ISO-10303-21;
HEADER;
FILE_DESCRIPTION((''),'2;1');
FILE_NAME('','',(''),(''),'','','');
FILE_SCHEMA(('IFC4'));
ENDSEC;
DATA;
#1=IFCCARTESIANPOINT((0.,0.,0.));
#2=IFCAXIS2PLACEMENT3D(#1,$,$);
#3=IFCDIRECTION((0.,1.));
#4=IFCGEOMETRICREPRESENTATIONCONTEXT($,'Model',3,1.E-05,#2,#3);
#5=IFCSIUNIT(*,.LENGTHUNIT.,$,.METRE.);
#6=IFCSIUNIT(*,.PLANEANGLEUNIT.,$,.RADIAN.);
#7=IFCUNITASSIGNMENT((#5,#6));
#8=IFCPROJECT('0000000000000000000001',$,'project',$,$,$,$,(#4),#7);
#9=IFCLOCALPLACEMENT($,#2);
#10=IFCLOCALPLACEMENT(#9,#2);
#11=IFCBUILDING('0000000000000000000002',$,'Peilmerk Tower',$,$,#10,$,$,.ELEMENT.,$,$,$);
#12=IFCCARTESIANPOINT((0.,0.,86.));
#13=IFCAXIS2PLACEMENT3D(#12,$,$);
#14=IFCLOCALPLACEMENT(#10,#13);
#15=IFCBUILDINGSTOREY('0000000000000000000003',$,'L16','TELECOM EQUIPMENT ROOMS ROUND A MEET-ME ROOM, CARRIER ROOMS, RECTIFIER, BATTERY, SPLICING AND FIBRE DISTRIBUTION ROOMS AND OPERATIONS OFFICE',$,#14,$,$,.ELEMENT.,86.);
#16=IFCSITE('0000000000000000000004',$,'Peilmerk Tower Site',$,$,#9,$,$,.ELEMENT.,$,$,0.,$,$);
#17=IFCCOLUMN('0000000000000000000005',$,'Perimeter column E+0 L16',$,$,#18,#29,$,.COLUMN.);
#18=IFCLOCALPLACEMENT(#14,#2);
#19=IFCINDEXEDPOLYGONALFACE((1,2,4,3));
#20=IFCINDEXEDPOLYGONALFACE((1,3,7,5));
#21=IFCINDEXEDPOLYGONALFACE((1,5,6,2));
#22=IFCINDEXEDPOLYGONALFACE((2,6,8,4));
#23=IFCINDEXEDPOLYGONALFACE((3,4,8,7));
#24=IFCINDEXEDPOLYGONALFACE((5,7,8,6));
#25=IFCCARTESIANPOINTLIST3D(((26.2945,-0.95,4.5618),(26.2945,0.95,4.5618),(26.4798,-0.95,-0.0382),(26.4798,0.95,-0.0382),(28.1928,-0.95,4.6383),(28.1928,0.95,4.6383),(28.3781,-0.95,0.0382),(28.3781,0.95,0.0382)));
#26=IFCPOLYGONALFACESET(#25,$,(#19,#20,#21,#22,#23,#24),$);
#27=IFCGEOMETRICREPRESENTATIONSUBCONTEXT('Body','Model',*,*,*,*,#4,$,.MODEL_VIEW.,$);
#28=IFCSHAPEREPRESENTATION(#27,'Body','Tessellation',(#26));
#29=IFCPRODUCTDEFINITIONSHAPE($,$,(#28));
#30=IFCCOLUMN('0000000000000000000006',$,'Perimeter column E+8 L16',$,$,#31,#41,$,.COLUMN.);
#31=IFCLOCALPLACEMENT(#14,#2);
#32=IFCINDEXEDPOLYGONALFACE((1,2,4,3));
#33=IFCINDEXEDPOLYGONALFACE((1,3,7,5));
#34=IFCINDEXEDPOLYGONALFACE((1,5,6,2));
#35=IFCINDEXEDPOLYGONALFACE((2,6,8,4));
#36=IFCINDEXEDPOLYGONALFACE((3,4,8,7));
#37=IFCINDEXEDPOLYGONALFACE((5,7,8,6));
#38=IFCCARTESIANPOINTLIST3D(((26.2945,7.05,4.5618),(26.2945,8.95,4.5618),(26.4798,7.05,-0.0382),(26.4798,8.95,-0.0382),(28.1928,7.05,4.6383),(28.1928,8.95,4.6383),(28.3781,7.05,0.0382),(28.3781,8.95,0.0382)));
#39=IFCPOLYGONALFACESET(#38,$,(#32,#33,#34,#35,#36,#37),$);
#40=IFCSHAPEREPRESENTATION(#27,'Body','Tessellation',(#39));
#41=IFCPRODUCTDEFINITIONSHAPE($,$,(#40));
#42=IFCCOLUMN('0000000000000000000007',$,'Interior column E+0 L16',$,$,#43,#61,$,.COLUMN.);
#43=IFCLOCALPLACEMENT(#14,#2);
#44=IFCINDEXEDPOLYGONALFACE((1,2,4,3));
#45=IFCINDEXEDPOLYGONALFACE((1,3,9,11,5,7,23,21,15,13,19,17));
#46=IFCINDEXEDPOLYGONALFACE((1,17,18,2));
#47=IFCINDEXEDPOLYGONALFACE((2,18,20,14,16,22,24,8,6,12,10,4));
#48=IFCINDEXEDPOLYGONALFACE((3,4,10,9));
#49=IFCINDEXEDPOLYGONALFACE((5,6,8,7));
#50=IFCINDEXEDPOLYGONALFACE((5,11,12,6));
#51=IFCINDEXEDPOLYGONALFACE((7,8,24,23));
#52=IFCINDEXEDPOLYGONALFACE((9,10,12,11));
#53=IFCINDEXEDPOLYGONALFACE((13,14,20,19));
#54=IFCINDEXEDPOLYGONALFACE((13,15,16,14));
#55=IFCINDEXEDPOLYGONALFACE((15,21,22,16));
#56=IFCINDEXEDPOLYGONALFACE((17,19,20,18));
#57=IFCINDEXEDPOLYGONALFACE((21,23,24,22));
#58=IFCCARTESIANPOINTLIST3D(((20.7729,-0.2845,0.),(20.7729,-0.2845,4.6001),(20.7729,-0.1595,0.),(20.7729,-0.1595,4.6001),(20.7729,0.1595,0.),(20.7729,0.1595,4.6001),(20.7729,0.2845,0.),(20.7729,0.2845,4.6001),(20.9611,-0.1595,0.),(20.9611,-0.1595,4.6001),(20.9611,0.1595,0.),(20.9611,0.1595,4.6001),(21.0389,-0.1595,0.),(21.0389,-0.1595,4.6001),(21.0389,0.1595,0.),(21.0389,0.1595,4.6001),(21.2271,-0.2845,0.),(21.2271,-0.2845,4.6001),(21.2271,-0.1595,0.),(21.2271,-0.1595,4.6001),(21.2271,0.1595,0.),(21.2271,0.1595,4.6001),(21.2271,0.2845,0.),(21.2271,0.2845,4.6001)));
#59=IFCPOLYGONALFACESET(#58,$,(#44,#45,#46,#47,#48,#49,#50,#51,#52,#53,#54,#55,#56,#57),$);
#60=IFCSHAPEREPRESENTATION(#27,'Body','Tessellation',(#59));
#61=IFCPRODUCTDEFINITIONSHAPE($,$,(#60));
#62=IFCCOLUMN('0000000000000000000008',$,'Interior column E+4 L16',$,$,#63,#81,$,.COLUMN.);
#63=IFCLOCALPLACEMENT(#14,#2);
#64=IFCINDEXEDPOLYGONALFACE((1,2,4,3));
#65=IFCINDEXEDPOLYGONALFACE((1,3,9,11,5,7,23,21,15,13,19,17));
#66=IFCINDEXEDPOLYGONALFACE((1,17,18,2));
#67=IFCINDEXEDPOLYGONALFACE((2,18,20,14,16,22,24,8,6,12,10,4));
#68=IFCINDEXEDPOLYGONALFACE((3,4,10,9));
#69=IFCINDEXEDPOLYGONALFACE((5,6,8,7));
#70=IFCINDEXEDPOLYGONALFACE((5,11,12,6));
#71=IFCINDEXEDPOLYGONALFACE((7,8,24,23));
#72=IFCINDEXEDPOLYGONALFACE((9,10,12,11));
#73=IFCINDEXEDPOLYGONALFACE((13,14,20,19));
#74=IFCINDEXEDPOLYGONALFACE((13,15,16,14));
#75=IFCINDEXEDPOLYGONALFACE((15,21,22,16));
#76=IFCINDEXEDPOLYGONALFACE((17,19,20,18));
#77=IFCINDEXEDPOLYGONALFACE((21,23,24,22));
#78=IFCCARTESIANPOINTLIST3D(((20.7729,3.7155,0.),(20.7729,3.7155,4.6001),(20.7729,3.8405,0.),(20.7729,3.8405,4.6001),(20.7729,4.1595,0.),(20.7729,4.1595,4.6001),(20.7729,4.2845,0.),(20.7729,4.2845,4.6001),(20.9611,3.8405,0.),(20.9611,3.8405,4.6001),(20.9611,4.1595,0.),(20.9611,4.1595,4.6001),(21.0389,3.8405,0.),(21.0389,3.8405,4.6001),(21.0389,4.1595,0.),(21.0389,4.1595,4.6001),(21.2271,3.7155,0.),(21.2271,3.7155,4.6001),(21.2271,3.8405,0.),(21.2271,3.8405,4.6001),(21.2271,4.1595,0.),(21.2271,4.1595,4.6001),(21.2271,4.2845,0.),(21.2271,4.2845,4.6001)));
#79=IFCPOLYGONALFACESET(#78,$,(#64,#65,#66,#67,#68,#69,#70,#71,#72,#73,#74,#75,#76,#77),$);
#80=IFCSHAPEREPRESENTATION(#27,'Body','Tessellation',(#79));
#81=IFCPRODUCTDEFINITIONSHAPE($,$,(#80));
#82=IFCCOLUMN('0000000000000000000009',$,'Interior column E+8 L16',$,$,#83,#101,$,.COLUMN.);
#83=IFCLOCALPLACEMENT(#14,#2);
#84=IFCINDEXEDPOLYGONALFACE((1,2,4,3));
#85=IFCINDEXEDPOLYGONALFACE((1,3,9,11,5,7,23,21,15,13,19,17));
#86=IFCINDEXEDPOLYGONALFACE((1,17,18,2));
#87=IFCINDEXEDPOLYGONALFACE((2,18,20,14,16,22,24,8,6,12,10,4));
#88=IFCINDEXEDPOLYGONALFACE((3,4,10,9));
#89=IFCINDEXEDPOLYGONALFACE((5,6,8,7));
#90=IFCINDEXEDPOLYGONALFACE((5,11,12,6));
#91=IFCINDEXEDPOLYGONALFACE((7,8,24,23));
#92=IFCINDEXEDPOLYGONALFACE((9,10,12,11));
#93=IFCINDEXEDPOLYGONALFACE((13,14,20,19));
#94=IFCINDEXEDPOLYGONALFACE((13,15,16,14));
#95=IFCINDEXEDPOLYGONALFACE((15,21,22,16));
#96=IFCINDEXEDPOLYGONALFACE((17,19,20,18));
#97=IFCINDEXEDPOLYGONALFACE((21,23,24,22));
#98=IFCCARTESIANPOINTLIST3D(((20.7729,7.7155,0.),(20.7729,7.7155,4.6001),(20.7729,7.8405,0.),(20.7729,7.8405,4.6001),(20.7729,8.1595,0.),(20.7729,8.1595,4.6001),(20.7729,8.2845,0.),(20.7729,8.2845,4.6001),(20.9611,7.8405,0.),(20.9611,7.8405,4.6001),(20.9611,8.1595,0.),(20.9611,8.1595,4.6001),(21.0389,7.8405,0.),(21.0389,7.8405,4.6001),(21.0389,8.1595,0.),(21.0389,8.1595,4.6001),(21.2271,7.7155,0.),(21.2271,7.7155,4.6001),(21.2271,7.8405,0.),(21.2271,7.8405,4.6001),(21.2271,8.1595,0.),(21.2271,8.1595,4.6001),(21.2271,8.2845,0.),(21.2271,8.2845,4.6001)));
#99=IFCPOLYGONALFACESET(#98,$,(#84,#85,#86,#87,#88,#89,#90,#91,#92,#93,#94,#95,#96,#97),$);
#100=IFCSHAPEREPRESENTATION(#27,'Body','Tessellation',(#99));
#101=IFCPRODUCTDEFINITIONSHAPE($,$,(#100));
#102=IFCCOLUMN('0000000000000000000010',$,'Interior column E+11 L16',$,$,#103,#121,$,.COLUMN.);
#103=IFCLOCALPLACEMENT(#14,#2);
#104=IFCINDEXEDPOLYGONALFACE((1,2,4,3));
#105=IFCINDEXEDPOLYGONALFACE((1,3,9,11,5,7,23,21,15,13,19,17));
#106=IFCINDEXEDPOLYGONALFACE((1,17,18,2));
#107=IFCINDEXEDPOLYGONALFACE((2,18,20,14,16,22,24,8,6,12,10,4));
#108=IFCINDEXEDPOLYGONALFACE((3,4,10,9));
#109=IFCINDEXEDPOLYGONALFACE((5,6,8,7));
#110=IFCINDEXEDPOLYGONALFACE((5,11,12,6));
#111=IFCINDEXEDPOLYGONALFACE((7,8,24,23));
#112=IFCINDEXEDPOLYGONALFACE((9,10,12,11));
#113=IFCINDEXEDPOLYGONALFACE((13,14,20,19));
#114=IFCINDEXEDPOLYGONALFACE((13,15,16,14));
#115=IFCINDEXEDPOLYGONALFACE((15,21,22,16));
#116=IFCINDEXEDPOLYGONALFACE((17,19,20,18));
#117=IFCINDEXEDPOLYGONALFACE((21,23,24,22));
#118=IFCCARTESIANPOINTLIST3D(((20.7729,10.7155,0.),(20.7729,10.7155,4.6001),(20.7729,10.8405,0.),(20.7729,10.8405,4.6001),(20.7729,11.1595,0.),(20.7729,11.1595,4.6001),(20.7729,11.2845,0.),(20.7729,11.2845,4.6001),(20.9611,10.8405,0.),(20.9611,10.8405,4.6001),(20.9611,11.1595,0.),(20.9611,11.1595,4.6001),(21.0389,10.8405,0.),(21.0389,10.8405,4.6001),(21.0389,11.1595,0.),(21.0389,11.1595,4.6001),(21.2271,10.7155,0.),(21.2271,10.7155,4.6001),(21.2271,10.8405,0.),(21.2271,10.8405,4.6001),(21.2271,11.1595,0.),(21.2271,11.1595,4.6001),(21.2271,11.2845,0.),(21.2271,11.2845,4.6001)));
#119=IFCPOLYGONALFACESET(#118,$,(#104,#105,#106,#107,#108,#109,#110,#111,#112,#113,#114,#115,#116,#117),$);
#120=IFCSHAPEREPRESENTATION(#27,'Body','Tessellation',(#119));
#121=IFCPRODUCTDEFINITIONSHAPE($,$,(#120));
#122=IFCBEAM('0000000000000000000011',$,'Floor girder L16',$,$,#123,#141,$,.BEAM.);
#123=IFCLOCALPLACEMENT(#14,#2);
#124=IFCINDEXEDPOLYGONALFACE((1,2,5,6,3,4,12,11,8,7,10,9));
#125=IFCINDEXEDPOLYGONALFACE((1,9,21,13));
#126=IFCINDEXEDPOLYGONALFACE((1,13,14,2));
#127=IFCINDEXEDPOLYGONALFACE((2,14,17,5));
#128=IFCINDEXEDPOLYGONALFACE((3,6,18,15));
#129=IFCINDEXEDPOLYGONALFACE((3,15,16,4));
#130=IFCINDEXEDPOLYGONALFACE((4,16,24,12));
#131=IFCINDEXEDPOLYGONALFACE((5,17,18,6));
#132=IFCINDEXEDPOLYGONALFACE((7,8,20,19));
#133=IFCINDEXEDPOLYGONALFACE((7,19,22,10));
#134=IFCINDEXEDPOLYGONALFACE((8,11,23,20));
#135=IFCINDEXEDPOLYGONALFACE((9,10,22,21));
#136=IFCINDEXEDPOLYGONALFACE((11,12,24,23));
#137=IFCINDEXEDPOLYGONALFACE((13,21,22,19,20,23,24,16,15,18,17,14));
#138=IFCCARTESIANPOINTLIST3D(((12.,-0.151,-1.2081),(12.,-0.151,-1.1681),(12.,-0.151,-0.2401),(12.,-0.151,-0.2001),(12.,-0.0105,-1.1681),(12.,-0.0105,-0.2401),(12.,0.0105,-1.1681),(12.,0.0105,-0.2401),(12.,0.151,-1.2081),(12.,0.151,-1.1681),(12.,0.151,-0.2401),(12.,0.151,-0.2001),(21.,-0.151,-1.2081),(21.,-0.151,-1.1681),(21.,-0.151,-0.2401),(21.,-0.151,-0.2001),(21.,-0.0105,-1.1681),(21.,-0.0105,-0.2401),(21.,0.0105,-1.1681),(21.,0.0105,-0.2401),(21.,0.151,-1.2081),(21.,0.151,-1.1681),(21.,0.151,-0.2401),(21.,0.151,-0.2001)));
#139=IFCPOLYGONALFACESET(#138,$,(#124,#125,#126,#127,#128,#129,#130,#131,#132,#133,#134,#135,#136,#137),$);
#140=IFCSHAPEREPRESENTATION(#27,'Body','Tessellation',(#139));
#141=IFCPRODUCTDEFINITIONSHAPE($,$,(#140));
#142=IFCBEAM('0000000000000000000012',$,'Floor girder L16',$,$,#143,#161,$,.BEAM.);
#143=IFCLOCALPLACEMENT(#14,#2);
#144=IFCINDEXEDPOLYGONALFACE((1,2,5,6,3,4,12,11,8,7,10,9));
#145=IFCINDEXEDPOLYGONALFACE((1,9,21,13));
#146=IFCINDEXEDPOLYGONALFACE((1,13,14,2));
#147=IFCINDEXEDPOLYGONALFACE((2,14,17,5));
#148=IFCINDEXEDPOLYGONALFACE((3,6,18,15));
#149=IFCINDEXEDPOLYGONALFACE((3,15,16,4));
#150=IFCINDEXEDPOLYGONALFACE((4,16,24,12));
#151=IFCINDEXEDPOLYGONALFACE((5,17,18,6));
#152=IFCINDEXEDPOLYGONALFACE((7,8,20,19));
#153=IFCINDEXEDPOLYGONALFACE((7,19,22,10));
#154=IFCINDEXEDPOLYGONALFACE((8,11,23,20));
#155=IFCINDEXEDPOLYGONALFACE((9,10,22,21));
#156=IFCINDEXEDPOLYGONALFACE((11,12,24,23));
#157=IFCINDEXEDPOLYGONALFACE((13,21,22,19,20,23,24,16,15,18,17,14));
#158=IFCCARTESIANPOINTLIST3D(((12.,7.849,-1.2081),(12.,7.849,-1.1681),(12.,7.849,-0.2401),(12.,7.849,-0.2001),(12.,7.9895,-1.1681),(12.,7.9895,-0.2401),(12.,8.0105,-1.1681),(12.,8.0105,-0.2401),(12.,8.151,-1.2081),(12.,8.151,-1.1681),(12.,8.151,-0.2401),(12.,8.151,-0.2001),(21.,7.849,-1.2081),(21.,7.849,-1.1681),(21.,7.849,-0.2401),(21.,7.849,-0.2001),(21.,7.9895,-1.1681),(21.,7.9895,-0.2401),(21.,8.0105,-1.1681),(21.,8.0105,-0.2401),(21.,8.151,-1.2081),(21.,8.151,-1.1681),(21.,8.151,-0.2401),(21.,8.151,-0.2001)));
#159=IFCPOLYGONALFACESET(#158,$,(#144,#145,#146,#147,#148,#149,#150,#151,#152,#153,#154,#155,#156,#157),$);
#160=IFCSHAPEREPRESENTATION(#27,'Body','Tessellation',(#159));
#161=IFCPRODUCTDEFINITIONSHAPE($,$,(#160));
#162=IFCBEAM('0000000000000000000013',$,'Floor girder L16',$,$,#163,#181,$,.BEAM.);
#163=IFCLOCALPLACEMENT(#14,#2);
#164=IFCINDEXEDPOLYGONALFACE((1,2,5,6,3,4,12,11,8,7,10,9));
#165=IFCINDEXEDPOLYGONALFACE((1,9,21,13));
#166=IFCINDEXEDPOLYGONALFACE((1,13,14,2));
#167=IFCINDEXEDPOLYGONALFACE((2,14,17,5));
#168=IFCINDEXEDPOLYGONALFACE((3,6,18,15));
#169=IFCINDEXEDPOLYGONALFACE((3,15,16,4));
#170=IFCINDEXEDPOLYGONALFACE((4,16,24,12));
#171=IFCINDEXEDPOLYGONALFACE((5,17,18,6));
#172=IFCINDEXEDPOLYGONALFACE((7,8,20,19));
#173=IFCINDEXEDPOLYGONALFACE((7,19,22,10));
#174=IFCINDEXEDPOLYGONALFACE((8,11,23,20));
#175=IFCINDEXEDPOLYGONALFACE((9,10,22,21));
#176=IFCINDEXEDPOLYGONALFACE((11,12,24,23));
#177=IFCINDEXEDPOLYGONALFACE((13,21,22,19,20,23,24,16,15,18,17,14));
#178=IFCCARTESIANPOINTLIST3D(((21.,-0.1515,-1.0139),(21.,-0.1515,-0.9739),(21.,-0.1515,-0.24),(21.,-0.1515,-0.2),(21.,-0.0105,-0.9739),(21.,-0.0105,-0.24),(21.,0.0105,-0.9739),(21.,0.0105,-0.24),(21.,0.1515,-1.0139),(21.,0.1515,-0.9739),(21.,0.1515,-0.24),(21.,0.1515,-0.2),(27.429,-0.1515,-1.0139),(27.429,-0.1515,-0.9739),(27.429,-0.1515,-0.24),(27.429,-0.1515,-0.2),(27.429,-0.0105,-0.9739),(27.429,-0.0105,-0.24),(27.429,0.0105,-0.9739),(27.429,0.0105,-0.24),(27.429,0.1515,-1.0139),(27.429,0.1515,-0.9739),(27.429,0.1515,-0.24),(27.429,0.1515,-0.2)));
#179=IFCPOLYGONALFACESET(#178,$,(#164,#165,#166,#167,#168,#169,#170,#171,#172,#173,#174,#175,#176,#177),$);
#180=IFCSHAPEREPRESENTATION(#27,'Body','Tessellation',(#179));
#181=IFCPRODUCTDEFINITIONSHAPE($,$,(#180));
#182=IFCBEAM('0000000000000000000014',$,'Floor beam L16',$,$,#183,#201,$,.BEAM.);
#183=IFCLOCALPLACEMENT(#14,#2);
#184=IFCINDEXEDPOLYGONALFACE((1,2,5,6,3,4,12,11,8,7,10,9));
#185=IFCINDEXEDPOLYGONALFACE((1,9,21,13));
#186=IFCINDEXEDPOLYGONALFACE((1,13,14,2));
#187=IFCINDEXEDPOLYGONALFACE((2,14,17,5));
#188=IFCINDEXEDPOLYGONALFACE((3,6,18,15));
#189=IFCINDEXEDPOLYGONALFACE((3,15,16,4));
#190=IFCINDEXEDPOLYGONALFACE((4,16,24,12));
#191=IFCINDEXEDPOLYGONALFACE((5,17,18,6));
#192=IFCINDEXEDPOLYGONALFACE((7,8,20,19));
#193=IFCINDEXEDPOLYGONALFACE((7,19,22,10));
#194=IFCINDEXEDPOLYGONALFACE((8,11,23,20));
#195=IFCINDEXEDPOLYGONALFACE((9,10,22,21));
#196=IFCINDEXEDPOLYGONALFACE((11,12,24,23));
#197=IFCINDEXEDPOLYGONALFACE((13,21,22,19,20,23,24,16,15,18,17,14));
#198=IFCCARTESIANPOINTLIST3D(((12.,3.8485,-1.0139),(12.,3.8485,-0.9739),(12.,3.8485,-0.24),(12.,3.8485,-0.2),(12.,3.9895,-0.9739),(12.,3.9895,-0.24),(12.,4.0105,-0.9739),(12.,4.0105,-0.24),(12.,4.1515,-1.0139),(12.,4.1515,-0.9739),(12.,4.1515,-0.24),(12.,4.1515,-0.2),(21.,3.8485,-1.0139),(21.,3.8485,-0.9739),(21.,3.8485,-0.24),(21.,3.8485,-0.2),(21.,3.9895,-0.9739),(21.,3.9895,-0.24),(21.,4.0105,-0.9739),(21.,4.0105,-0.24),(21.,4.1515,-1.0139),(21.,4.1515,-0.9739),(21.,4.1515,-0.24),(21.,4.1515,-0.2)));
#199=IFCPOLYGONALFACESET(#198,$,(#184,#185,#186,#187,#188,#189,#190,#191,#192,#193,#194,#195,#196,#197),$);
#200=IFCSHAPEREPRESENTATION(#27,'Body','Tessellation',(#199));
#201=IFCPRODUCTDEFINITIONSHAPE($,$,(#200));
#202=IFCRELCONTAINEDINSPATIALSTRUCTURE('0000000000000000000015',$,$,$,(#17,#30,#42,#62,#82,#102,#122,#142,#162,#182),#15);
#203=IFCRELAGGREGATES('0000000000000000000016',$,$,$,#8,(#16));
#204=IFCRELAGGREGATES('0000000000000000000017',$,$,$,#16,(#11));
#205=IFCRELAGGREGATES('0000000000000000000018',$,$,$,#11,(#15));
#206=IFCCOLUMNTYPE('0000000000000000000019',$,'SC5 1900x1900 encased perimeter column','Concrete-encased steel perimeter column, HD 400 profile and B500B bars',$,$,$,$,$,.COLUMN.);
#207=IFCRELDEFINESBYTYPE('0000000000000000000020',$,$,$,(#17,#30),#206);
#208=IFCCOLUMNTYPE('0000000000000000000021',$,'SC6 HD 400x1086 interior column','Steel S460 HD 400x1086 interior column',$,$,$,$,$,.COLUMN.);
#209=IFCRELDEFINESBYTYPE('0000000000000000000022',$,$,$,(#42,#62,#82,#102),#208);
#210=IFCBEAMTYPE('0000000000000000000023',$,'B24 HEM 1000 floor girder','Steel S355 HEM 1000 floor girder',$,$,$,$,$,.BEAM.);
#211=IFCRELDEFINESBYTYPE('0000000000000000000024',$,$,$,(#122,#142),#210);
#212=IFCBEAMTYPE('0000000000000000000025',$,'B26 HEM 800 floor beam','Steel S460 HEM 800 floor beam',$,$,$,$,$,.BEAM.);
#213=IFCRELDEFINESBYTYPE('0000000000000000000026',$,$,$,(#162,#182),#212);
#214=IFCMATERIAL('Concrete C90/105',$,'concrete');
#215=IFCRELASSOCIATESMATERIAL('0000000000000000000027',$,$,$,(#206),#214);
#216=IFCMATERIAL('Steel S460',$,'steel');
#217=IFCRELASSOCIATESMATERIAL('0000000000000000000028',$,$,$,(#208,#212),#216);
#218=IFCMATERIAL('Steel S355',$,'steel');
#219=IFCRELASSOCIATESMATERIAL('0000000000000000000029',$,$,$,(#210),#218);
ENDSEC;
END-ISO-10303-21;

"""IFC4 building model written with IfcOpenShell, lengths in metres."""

from ifc_helpers import new_model, si_unit, direction, frame, origin, origin_2d, place, context, subcontext, project, spatial, rectangle, i_section, extrude, material, material_profile, profile_set, type_object, element, save


model = new_model("IFC4")

# Units and contexts
model_context = context("Model", 3, precision=1e-05, world=origin(), true_north=direction((0.0, 1.0)))
body_context = subcontext(model_context, "Body", "Model", "MODEL_VIEW")
ifc_project = project(units=[si_unit("LENGTHUNIT", "METRE"), si_unit("PLANEANGLEUNIT", "RADIAN")], contexts=[model_context])

# Site, building, storey
site_placement = place(None, origin())
site = spatial("IfcSite", under=ifc_project, at=site_placement, Name="Peilmerk Tower Site", CompositionType="ELEMENT", RefElevation=0.0)
building_placement = place(site_placement, origin())
building = spatial("IfcBuilding", under=site, at=building_placement, Name="Peilmerk Tower", CompositionType="ELEMENT")
storey_placement = place(building_placement, frame((0.0, 0.0, 86.0)))
storey = spatial("IfcBuildingStorey", under=building, at=storey_placement, Name="L16", Description="TELECOM EQUIPMENT ROOMS ROUND A MEET-ME ROOM, CARRIER ROOMS, RECTIFIER, BATTERY, SPLICING AND FIBRE DISTRIBUTION ROOMS AND OPERATIONS OFFICE", CompositionType="ELEMENT", Elevation=86.0)

# Columns
ifc_material_1 = material(Name="Concrete C90/105", Category="concrete")
ifc_material_profile_1 = material_profile(ifc_material_1, rectangle(XDim=1.8999, YDim=1.8999, at=origin_2d()), Name="RC 1900x1900")
ifc_profile_set_1 = profile_set([ifc_material_profile_1], Name="Concrete C90/105")
column_type_1 = type_object("IfcColumnType", Name="SC5 1900x1900 encased perimeter column", Description="Concrete-encased steel perimeter column, HD 400 profile and B500B bars", PredefinedType="COLUMN", material=ifc_profile_set_1)
for number, where, z_axis, x_axis, name in (
    (1, (27.429, 0.0, 0.0), (-0.04025, 0.0, 0.99919), (0.0, -1.0, 0.0), "Perimeter column E+0 L16"),
    (2, (27.429, 8.0, 0.0), (-0.04025, 0.0, 0.99919), (0.0, -1.0, 0.0), "Perimeter column E+8 L16"),
):
    element("IfcColumn", number, at=place(storey_placement, frame(where, z_axis=z_axis, x_axis=x_axis)), inside=storey, type_object=column_type_1, Name=name, PredefinedType="COLUMN", context=body_context, shape_type="SweptSolid", body=[
        extrude(rectangle(XDim=1.8999, YDim=1.8999, at=origin_2d()), origin(), (0.0, 0.0, 1.0), 4.6038),
    ])
ifc_material_2 = material(Name="Steel S460", Category="steel")
ifc_material_profile_2 = material_profile(ifc_material_2, i_section(OverallWidth=0.4541, OverallDepth=0.5691, WebThickness=0.0779, FlangeThickness=0.125, at=origin_2d()), Name="HD 400x1086")
ifc_profile_set_2 = profile_set([ifc_material_profile_2], Name="Steel S460")
column_type_2 = type_object("IfcColumnType", Name="SC6 HD 400x1086 interior column", Description="Steel S460 HD 400x1086 interior column", PredefinedType="COLUMN", material=ifc_profile_set_2)
for number, where, z_axis, x_axis, name in (
    (3, (21.0, 0.0, 0.0), (0.0, 0.0, 1.0), (1.0, 0.0, 0.0), "Interior column E+0 L16"),
    (4, (21.0, 4.0, 0.0), (0.0, 0.0, 1.0), (1.0, 0.0, 0.0), "Interior column E+4 L16"),
    (5, (21.0, 8.0, 0.0), (0.0, 0.0, 1.0), (1.0, 0.0, 0.0), "Interior column E+8 L16"),
    (6, (21.0, 11.0, 0.0), (0.0, 0.0, 1.0), (1.0, 0.0, 0.0), "Interior column E+11 L16"),
):
    element("IfcColumn", number, at=place(storey_placement, frame(where, z_axis=z_axis, x_axis=x_axis)), inside=storey, type_object=column_type_2, Name=name, PredefinedType="COLUMN", context=body_context, shape_type="SweptSolid", body=[
        extrude(i_section(OverallWidth=0.4541, OverallDepth=0.5691, WebThickness=0.0779, FlangeThickness=0.125, at=origin_2d()), origin(), (0.0, 0.0, 1.0), 4.6001),
    ])

# Beams
ifc_material_3 = material(Name="Steel S355", Category="steel")
ifc_material_profile_3 = material_profile(ifc_material_3, i_section(OverallWidth=0.302, OverallDepth=1.0081, WebThickness=0.021, FlangeThickness=0.04, at=origin_2d()), Name="HEM 1000")
ifc_profile_set_3 = profile_set([ifc_material_profile_3], Name="Steel S355")
beam_type_1 = type_object("IfcBeamType", Name="B24 HEM 1000 floor girder", Description="Steel S355 HEM 1000 floor girder", PredefinedType="BEAM", material=ifc_profile_set_3)
for number, where, z_axis, x_axis, name in (
    (7, (12.0, 0.0, -0.7041), (1.0, 0.0, 0.0), (0.0, 1.0, 0.0), "Floor girder L16"),
    (8, (12.0, 8.0, -0.7041), (1.0, 0.0, 0.0), (0.0, 1.0, 0.0), "Floor girder L16"),
):
    element("IfcBeam", number, at=place(storey_placement, frame(where, z_axis=z_axis, x_axis=x_axis)), inside=storey, type_object=beam_type_1, Name=name, PredefinedType="BEAM", context=body_context, shape_type="SweptSolid", body=[
        extrude(i_section(OverallWidth=0.302, OverallDepth=1.0081, WebThickness=0.021, FlangeThickness=0.04, at=origin_2d()), origin(), (0.0, 0.0, 1.0), 9.0),
    ])
ifc_material_profile_4 = material_profile(ifc_material_2, i_section(OverallWidth=0.303, OverallDepth=0.814, WebThickness=0.021, FlangeThickness=0.04, at=origin_2d()), Name="HEM 800")
ifc_profile_set_4 = profile_set([ifc_material_profile_4], Name="Steel S460")
beam_type_2 = type_object("IfcBeamType", Name="B26 HEM 800 floor beam", Description="Steel S460 HEM 800 floor beam", PredefinedType="BEAM", material=ifc_profile_set_4)
beam_1_placement = place(storey_placement, frame((21.0, 0.0, -0.6069), z_axis=(1.0, 0.0, 0.0), x_axis=(0.0, 1.0, 0.0)))
element("IfcBeam", 9, at=beam_1_placement, inside=storey, type_object=beam_type_2, Name="Floor girder L16", PredefinedType="BEAM", context=body_context, shape_type="SweptSolid", body=[
    extrude(i_section(OverallWidth=0.303, OverallDepth=0.814, WebThickness=0.021, FlangeThickness=0.04, at=origin_2d()), origin(), (0.0, 0.0, 1.0), 6.429),
])
beam_2_placement = place(storey_placement, frame((12.0, 4.0, -0.6069), z_axis=(1.0, 0.0, 0.0), x_axis=(0.0, 1.0, 0.0)))
element("IfcBeam", 10, at=beam_2_placement, inside=storey, type_object=beam_type_2, Name="Floor beam L16", PredefinedType="BEAM", context=body_context, shape_type="SweptSolid", body=[
    extrude(i_section(OverallWidth=0.303, OverallDepth=0.814, WebThickness=0.021, FlangeThickness=0.04, at=origin_2d()), origin(), (0.0, 0.0, 1.0), 9.0),
])

save(model, "model.ifc")
